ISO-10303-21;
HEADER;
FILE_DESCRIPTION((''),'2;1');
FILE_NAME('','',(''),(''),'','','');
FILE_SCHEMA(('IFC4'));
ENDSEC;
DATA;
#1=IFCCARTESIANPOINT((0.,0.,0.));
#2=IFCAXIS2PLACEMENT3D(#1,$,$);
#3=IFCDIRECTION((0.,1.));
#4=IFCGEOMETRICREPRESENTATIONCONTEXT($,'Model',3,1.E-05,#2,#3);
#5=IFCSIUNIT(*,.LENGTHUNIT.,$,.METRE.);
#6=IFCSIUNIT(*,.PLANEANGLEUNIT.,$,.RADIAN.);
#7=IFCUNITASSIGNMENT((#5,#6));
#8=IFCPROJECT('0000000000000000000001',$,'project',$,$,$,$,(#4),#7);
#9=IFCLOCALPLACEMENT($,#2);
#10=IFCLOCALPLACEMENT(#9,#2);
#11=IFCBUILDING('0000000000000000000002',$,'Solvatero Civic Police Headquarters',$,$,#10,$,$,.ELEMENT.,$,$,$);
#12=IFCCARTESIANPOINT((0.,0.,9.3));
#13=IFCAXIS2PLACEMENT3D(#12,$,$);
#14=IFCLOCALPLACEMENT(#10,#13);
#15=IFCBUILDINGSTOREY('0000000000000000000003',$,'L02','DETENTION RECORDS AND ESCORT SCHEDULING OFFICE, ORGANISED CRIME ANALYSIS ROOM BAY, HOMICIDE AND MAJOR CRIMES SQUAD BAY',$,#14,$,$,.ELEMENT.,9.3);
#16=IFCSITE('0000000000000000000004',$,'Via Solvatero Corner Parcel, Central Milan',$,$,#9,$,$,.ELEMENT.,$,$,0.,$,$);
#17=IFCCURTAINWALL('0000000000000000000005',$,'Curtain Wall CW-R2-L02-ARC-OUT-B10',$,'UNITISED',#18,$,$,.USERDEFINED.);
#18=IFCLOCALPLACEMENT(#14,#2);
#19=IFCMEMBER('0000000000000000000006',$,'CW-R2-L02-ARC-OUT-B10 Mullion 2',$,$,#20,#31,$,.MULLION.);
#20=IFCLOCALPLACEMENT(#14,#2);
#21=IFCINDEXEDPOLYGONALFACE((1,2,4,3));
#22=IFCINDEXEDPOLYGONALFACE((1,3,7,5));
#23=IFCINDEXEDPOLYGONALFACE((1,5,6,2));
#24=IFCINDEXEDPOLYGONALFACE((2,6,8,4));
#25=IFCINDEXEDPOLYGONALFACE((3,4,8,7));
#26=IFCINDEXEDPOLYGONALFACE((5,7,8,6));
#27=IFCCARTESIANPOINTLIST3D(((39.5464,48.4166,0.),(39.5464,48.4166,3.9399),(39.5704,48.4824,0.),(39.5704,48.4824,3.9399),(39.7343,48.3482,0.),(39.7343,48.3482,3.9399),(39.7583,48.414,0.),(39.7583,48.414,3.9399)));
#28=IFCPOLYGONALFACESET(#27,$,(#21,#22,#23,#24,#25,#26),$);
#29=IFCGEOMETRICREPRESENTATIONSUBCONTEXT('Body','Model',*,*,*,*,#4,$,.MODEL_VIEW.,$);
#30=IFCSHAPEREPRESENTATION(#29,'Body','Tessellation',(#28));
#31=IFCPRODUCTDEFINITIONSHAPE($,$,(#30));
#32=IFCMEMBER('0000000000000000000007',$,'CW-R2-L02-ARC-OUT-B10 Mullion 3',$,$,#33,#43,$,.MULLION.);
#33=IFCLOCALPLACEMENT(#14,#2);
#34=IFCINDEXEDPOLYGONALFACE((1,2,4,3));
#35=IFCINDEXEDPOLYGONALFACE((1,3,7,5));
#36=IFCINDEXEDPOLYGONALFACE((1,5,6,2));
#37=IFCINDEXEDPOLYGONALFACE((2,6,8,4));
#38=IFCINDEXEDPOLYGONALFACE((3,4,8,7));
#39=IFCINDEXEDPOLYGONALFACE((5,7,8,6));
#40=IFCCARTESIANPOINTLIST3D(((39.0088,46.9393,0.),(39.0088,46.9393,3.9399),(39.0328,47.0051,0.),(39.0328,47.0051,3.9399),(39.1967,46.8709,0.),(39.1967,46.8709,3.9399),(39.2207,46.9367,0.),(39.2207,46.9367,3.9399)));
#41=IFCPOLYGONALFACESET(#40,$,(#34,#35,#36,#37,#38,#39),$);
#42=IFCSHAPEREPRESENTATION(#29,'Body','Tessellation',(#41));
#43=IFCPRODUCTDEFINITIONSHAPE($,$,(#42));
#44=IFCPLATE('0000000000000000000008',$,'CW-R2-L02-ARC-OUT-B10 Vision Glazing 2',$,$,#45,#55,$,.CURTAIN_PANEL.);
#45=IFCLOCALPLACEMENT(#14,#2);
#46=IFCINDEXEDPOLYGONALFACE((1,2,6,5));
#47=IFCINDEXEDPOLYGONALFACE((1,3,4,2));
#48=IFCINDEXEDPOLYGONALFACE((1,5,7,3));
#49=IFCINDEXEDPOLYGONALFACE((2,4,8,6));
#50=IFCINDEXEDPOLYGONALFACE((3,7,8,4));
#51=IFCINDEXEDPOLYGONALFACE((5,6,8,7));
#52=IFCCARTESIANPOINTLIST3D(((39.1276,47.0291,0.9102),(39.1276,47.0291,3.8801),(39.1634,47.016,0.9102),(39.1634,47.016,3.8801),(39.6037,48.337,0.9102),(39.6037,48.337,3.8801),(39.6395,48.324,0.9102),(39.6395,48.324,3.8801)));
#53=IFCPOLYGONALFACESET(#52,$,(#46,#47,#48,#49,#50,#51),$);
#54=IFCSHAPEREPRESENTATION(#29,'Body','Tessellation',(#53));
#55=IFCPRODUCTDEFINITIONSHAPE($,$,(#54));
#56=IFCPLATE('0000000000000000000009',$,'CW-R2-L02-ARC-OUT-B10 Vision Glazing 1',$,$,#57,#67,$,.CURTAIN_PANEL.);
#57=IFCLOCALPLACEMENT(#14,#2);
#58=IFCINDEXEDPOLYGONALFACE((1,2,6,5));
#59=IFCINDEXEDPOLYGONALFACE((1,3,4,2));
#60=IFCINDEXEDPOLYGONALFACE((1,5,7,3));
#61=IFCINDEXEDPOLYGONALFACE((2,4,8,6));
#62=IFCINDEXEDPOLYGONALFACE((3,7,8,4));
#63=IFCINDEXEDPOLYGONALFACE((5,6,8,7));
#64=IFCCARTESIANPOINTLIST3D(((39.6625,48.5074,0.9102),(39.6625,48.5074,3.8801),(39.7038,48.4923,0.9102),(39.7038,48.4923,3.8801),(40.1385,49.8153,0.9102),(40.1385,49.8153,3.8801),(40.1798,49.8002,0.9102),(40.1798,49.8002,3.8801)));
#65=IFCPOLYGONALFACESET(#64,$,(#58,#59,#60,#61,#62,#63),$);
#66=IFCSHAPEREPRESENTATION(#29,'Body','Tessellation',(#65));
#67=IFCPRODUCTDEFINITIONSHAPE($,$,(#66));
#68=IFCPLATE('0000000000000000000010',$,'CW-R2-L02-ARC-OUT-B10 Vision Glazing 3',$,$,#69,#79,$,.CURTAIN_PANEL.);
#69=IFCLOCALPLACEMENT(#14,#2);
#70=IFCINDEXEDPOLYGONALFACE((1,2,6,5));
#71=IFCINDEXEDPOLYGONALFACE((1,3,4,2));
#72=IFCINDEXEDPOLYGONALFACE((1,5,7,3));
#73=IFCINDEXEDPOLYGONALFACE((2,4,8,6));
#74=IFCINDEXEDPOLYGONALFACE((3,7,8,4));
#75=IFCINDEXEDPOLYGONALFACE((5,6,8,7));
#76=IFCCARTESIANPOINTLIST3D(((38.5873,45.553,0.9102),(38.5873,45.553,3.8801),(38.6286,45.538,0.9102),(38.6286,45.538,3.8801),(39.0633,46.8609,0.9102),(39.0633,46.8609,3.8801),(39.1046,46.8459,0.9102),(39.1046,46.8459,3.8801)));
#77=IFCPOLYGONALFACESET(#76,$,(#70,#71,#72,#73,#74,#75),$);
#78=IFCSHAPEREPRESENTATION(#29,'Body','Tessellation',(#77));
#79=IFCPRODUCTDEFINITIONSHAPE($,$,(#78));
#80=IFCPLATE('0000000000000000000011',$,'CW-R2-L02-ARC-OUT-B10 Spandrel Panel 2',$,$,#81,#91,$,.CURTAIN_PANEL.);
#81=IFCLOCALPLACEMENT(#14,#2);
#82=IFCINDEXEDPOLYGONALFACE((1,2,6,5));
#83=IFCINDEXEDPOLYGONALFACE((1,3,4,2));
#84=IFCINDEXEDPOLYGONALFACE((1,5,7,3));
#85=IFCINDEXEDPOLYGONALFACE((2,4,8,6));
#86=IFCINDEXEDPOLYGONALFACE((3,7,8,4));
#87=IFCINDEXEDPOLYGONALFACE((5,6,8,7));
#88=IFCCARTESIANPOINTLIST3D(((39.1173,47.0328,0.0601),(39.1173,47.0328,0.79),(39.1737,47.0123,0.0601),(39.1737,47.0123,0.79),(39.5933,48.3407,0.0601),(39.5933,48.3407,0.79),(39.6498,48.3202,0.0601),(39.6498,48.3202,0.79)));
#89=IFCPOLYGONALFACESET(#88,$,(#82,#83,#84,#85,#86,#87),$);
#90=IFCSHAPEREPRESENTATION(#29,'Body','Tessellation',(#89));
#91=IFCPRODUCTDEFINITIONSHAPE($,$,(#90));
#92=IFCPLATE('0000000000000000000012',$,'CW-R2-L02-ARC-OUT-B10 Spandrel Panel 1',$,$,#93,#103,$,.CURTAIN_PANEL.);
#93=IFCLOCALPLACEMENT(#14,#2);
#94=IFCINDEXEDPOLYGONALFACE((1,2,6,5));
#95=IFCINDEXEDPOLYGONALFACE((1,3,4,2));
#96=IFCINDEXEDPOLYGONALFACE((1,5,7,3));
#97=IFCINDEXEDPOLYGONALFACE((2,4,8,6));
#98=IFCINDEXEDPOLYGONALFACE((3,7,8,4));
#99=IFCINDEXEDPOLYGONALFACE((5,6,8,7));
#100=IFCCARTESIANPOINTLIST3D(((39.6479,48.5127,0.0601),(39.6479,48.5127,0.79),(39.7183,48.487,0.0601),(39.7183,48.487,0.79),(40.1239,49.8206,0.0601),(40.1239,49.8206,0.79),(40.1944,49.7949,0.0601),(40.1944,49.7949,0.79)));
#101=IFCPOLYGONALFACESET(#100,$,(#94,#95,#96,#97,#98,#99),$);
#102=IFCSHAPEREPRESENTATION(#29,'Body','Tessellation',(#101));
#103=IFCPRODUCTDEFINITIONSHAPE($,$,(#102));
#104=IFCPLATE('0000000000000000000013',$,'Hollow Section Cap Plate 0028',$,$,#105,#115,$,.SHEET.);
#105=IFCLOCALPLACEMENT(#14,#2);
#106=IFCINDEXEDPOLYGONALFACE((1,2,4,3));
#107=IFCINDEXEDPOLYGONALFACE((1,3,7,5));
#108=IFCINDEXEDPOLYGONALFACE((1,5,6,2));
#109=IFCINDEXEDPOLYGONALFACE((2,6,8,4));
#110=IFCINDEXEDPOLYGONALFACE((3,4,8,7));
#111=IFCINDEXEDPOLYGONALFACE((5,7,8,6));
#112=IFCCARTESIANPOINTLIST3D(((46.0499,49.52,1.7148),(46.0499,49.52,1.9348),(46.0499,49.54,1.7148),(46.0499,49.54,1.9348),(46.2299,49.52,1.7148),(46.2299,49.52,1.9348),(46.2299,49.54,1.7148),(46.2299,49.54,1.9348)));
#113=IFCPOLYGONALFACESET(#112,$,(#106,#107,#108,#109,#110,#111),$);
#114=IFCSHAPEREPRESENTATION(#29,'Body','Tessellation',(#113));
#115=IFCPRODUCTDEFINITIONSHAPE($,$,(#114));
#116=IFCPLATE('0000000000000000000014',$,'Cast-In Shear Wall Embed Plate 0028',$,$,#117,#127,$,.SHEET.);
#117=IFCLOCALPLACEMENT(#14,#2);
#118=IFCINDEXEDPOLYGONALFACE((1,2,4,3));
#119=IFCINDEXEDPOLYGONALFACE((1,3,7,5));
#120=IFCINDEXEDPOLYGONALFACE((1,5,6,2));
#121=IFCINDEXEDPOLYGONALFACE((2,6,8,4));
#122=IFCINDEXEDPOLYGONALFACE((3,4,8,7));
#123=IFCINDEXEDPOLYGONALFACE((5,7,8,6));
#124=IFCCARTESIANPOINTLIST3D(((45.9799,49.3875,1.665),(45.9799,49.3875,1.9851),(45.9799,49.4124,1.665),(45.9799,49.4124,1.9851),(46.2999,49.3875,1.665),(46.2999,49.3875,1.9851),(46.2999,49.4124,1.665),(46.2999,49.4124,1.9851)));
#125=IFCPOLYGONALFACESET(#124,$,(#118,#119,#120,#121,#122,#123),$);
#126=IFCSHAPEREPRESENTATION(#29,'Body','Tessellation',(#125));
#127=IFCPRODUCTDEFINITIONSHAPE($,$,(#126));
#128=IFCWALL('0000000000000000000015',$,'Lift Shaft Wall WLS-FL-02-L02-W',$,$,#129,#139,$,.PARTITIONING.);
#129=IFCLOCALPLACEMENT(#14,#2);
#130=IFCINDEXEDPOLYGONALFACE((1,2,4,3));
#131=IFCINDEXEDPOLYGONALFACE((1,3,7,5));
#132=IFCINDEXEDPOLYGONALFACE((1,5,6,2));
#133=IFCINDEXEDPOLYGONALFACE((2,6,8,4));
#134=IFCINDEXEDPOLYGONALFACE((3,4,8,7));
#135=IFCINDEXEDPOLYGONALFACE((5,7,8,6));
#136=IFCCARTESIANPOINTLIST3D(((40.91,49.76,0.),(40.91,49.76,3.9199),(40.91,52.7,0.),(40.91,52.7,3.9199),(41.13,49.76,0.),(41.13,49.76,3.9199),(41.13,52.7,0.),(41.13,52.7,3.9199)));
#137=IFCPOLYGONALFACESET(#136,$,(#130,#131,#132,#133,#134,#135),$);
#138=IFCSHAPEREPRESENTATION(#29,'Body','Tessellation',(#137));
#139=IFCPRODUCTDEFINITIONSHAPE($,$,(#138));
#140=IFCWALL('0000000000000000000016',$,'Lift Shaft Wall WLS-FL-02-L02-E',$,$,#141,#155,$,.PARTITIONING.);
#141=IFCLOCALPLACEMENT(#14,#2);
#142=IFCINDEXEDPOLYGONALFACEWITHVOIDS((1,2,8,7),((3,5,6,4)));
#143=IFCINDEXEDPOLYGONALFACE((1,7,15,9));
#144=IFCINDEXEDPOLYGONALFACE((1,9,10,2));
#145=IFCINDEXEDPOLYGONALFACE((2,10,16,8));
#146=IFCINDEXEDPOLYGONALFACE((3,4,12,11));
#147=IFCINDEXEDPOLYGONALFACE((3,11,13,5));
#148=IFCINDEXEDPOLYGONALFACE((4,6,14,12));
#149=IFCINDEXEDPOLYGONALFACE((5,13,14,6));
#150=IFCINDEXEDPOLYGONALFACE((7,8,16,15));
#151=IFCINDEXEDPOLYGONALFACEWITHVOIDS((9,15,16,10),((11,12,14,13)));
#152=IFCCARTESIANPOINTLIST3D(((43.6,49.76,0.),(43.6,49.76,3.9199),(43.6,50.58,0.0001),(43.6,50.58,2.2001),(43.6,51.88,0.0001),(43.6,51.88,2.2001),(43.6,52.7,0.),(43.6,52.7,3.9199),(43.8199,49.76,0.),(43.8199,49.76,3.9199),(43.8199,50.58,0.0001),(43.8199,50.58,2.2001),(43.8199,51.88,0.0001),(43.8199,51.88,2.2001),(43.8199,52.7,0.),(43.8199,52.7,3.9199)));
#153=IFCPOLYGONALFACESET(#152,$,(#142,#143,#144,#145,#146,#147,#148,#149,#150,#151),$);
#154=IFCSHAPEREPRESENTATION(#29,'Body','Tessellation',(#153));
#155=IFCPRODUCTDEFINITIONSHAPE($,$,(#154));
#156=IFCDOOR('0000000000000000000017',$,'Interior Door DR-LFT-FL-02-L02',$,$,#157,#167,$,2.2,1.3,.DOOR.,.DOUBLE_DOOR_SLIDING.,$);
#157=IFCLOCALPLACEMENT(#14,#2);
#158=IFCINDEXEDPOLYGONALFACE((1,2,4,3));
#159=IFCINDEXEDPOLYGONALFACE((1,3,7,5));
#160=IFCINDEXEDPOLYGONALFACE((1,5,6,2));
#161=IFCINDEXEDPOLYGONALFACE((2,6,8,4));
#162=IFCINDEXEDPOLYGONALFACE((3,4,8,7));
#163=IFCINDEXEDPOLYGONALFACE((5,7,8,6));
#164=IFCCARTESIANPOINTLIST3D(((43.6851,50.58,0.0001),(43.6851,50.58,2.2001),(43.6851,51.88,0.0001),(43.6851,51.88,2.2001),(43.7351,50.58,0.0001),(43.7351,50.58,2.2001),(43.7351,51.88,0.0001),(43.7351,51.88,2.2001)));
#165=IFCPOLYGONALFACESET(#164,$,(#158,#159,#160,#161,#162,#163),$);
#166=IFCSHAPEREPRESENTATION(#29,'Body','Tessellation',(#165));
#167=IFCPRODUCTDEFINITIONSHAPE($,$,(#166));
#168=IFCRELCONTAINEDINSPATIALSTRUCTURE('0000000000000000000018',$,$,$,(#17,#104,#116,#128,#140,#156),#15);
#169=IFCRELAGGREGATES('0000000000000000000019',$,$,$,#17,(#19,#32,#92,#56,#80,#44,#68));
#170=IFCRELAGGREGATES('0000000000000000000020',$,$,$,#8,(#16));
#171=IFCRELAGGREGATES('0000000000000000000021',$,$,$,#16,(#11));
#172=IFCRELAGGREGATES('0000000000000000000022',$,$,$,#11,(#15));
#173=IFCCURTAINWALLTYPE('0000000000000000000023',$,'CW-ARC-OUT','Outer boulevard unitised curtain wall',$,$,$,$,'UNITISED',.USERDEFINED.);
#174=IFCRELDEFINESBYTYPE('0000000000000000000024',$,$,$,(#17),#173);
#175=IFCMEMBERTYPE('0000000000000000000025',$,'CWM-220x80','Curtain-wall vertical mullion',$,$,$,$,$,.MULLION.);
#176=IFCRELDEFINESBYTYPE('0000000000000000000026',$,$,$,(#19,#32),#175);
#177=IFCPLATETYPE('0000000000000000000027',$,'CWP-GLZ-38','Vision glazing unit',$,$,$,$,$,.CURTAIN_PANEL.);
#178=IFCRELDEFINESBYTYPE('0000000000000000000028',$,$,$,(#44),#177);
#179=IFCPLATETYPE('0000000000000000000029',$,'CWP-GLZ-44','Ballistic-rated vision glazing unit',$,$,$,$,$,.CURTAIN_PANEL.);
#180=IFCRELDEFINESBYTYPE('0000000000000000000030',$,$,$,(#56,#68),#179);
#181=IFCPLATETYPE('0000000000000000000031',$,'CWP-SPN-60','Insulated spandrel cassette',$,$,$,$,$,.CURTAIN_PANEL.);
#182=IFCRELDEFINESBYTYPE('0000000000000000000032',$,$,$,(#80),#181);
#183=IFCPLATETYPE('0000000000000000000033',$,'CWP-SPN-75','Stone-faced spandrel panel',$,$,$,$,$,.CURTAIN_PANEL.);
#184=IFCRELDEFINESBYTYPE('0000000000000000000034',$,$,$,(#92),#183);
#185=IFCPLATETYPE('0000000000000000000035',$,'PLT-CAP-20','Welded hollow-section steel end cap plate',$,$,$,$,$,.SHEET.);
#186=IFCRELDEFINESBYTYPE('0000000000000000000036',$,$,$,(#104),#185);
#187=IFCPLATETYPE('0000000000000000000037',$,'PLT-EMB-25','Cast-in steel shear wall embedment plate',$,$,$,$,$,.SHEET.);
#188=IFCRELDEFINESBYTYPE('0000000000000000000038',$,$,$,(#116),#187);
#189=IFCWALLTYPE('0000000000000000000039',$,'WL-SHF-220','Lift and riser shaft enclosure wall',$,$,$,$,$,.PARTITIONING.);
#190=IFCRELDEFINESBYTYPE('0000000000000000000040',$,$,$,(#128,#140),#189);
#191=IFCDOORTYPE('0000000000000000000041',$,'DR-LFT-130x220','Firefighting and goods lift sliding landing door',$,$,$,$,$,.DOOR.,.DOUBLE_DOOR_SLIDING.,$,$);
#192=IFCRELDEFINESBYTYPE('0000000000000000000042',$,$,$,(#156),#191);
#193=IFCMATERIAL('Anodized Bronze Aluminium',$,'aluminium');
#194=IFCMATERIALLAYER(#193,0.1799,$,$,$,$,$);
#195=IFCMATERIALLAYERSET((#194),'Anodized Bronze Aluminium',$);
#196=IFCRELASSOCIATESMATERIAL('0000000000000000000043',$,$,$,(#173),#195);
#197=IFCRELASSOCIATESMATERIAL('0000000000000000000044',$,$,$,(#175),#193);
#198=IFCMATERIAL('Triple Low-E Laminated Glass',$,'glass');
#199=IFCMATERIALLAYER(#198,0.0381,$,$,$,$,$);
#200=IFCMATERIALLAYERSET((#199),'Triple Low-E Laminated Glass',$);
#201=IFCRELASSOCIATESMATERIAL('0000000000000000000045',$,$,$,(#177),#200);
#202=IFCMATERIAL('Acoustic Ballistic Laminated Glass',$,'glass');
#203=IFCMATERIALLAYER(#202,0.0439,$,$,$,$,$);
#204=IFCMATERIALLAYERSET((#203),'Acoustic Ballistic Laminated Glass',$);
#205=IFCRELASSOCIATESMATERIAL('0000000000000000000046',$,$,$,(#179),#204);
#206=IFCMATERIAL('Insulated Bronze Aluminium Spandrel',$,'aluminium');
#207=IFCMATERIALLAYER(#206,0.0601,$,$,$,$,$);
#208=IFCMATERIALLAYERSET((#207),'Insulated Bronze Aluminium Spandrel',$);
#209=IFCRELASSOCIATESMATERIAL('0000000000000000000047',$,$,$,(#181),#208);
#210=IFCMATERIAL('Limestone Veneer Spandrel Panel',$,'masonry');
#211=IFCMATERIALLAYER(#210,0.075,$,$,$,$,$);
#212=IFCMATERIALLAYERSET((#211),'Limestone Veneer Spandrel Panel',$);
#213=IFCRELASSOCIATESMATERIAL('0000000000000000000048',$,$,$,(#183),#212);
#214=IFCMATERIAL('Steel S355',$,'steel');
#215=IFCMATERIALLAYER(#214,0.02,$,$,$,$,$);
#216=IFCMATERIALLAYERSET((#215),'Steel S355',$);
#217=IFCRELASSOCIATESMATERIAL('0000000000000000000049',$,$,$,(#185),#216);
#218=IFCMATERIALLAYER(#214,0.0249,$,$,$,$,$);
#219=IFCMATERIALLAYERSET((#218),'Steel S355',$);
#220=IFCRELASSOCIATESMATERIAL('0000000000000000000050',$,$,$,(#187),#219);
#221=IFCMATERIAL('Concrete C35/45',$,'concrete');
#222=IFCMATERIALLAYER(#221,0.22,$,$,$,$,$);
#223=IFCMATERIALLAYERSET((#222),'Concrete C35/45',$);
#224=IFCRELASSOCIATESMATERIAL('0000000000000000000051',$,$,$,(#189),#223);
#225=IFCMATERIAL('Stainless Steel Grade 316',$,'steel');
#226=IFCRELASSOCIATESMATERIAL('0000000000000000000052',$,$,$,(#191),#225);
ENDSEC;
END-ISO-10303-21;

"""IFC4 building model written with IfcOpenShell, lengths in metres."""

from ifc_helpers import new_model, si_unit, direction, frame, frame_2d, origin, origin_2d, place, context, subcontext, project, spatial, rectangle, extrude, material, layer, layer_set, material_profile, profile_set, type_object, element, fill, aggregate, save


model = new_model("IFC4")

# Units and contexts
model_context = context("Model", 3, precision=1e-05, world=origin(), true_north=direction((0.0, 1.0)))
body_context = subcontext(model_context, "Body", "Model", "MODEL_VIEW")
ifc_project = project(units=[si_unit("LENGTHUNIT", "METRE"), si_unit("PLANEANGLEUNIT", "RADIAN")], contexts=[model_context])

# Site, building, storey
site_placement = place(None, origin())
site = spatial("IfcSite", under=ifc_project, at=site_placement, Name="Via Solvatero Corner Parcel, Central Milan", CompositionType="ELEMENT", RefElevation=0.0)
building_placement = place(site_placement, origin())
building = spatial("IfcBuilding", under=site, at=building_placement, Name="Solvatero Civic Police Headquarters", CompositionType="ELEMENT")
storey_placement = place(building_placement, frame((0.0, 0.0, 9.3)))
storey = spatial("IfcBuildingStorey", under=building, at=storey_placement, Name="L02", Description="DETENTION RECORDS AND ESCORT SCHEDULING OFFICE, ORGANISED CRIME ANALYSIS ROOM BAY, HOMICIDE AND MAJOR CRIMES SQUAD BAY", CompositionType="ELEMENT", Elevation=9.3)

# Curtain wall, members, plates
ifc_material_1 = material(Name="Anodized Bronze Aluminium", Category="aluminium")
ifc_layer_1 = layer(ifc_material_1, 0.1799)
ifc_layer_set_1 = layer_set([ifc_layer_1], Name="Anodized Bronze Aluminium")
curtain_wall_type = type_object("IfcCurtainWallType", Name="CW-ARC-OUT", Description="Outer boulevard unitised curtain wall", ElementType="UNITISED", PredefinedType="USERDEFINED", material=ifc_layer_set_1)
curtain_wall_placement = place(storey_placement, origin())
curtain_wall = element("IfcCurtainWall", 1, at=curtain_wall_placement, inside=storey, type_object=curtain_wall_type, Name="Curtain Wall CW-R2-L02-ARC-OUT-B10", ObjectType="UNITISED", PredefinedType="USERDEFINED")
ifc_material_profile = material_profile(ifc_material_1, rectangle(XDim=0.0701, YDim=0.2, at=origin_2d()), Name="ALU MULLION 70x200")
ifc_profile_set = profile_set([ifc_material_profile], Name="Anodized Bronze Aluminium")
member_type = type_object("IfcMemberType", Name="CWM-220x80", Description="Curtain-wall vertical mullion", PredefinedType="MULLION", material=ifc_profile_set)
member_1_placement = place(storey_placement, frame((39.6523, 48.4153, 0.0), z_axis=(0.0, 0.0, 1.0), x_axis=(-0.34202, -0.939693, 0.0)))
member_1 = element("IfcMember", 2, at=member_1_placement, type_object=member_type, Name="CW-R2-L02-ARC-OUT-B10 Mullion 2", PredefinedType="MULLION", context=body_context, shape_type="SweptSolid", body=[
    extrude(rectangle(XDim=0.0701, YDim=0.2, at=origin_2d()), origin(), (0.0, 0.0, 1.0), 3.9399),
])
member_2_placement = place(storey_placement, frame((39.1147, 46.938, 0.0), z_axis=(0.0, 0.0, 1.0), x_axis=(-0.34202, -0.939693, 0.0)))
member_2 = element("IfcMember", 3, at=member_2_placement, type_object=member_type, Name="CW-R2-L02-ARC-OUT-B10 Mullion 3", PredefinedType="MULLION", context=body_context, shape_type="SweptSolid", body=[
    extrude(rectangle(XDim=0.0701, YDim=0.2, at=origin_2d()), origin(), (0.0, 0.0, 1.0), 3.9399),
])
ifc_material_2 = material(Name="Triple Low-E Laminated Glass", Category="glass")
ifc_layer_2 = layer(ifc_material_2, 0.0381)
ifc_layer_set_2 = layer_set([ifc_layer_2], Name="Triple Low-E Laminated Glass")
plate_type_1 = type_object("IfcPlateType", Name="CWP-GLZ-38", Description="Vision glazing unit", PredefinedType="CURTAIN_PANEL", material=ifc_layer_set_2)
plate_1_placement = place(storey_placement, frame((39.3835, 47.6765, 0.9102), z_axis=(0.0, 0.0, 1.0), x_axis=(-0.34202, -0.939693, 0.0)))
plate_1 = element("IfcPlate", 4, at=plate_1_placement, type_object=plate_type_1, Name="CW-R2-L02-ARC-OUT-B10 Vision Glazing 2", PredefinedType="CURTAIN_PANEL", context=body_context, shape_type="SweptSolid", body=[
    extrude(rectangle(XDim=1.3918, YDim=0.0381, at=origin_2d()), origin(), (0.0, 0.0, 1.0), 2.97),
])
ifc_material_3 = material(Name="Acoustic Ballistic Laminated Glass", Category="glass")
ifc_layer_3 = layer(ifc_material_3, 0.0439)
ifc_layer_set_3 = layer_set([ifc_layer_3], Name="Acoustic Ballistic Laminated Glass")
plate_type_2 = type_object("IfcPlateType", Name="CWP-GLZ-44", Description="Ballistic-rated vision glazing unit", PredefinedType="CURTAIN_PANEL", material=ifc_layer_set_3)
plate_2_placement = place(storey_placement, frame((39.9211, 49.1538, 0.9102), z_axis=(0.0, 0.0, 1.0), x_axis=(-0.34202, -0.939693, 0.0)))
plate_2 = element("IfcPlate", 5, at=plate_2_placement, type_object=plate_type_2, Name="CW-R2-L02-ARC-OUT-B10 Vision Glazing 1", PredefinedType="CURTAIN_PANEL", context=body_context, shape_type="SweptSolid", body=[
    extrude(rectangle(XDim=1.3918, YDim=0.0439, at=origin_2d()), origin(), (0.0, 0.0, 1.0), 2.97),
])
plate_3_placement = place(storey_placement, frame((38.8459, 46.1995, 0.9102), z_axis=(0.0, 0.0, 1.0), x_axis=(-0.34202, -0.939693, 0.0)))
plate_3 = element("IfcPlate", 6, at=plate_3_placement, type_object=plate_type_2, Name="CW-R2-L02-ARC-OUT-B10 Vision Glazing 3", PredefinedType="CURTAIN_PANEL", context=body_context, shape_type="SweptSolid", body=[
    extrude(rectangle(XDim=1.3918, YDim=0.0439, at=origin_2d()), origin(), (0.0, 0.0, 1.0), 2.97),
])
ifc_material_4 = material(Name="Insulated Bronze Aluminium Spandrel", Category="aluminium")
ifc_layer_4 = layer(ifc_material_4, 0.0601)
ifc_layer_set_4 = layer_set([ifc_layer_4], Name="Insulated Bronze Aluminium Spandrel")
plate_type_3 = type_object("IfcPlateType", Name="CWP-SPN-60", Description="Insulated spandrel cassette", PredefinedType="CURTAIN_PANEL", material=ifc_layer_set_4)
plate_4_placement = place(storey_placement, frame((39.3835, 47.6765, 0.0601), z_axis=(0.0, 0.0, 1.0), x_axis=(-0.34202, -0.939693, 0.0)))
plate_4 = element("IfcPlate", 7, at=plate_4_placement, type_object=plate_type_3, Name="CW-R2-L02-ARC-OUT-B10 Spandrel Panel 2", PredefinedType="CURTAIN_PANEL", context=body_context, shape_type="SweptSolid", body=[
    extrude(rectangle(XDim=1.3918, YDim=0.0601, at=origin_2d()), origin(), (0.0, 0.0, 1.0), 0.73),
])
ifc_material_5 = material(Name="Limestone Veneer Spandrel Panel", Category="masonry")
ifc_layer_5 = layer(ifc_material_5, 0.075)
ifc_layer_set_5 = layer_set([ifc_layer_5], Name="Limestone Veneer Spandrel Panel")
plate_type_4 = type_object("IfcPlateType", Name="CWP-SPN-75", Description="Stone-faced spandrel panel", PredefinedType="CURTAIN_PANEL", material=ifc_layer_set_5)
plate_5_placement = place(storey_placement, frame((39.9211, 49.1538, 0.0601), z_axis=(0.0, 0.0, 1.0), x_axis=(-0.34202, -0.939693, 0.0)))
plate_5 = element("IfcPlate", 8, at=plate_5_placement, type_object=plate_type_4, Name="CW-R2-L02-ARC-OUT-B10 Spandrel Panel 1", PredefinedType="CURTAIN_PANEL", context=body_context, shape_type="SweptSolid", body=[
    extrude(rectangle(XDim=1.3918, YDim=0.075, at=origin_2d()), origin(), (0.0, 0.0, 1.0), 0.73),
])
aggregate(curtain_wall, [member_1, member_2, plate_5, plate_2, plate_4, plate_1, plate_3])

# Plates
ifc_material_6 = material(Name="Steel S355", Category="steel")
ifc_layer_6 = layer(ifc_material_6, 0.02)
ifc_layer_set_6 = layer_set([ifc_layer_6], Name="Steel S355")
plate_type_5 = type_object("IfcPlateType", Name="PLT-CAP-20", Description="Welded hollow-section steel end cap plate", PredefinedType="SHEET", material=ifc_layer_set_6)
plate_6_placement = place(storey_placement, frame((46.1399, 49.53, 1.7148), z_axis=(0.0, 0.0, 1.0), x_axis=(1.0, 0.0, 0.0)))
element("IfcPlate", 9, at=plate_6_placement, inside=storey, type_object=plate_type_5, Name="Hollow Section Cap Plate 0028", PredefinedType="SHEET", context=body_context, shape_type="SweptSolid", body=[
    extrude(rectangle(XDim=0.1799, YDim=0.02, at=origin_2d()), origin(), (0.0, 0.0, 1.0), 0.22),
])
ifc_layer_7 = layer(ifc_material_6, 0.0249)
ifc_layer_set_7 = layer_set([ifc_layer_7], Name="Steel S355")
plate_type_6 = type_object("IfcPlateType", Name="PLT-EMB-25", Description="Cast-in steel shear wall embedment plate", PredefinedType="SHEET", material=ifc_layer_set_7)
plate_7_placement = place(storey_placement, frame((46.1399, 49.3999, 1.665), z_axis=(0.0, 0.0, 1.0), x_axis=(1.0, 0.0, 0.0)))
element("IfcPlate", 10, at=plate_7_placement, inside=storey, type_object=plate_type_6, Name="Cast-In Shear Wall Embed Plate 0028", PredefinedType="SHEET", context=body_context, shape_type="SweptSolid", body=[
    extrude(rectangle(XDim=0.3201, YDim=0.0249, at=origin_2d()), origin(), (0.0, 0.0, 1.0), 0.3201),
])

# Wall
ifc_material_7 = material(Name="Concrete C35/45", Category="concrete")
ifc_layer_8 = layer(ifc_material_7, 0.22)
ifc_layer_set_8 = layer_set([ifc_layer_8], Name="Concrete C35/45")
wall_type_1 = type_object("IfcWallType", Name="WL-SHF-220", Description="Lift and riser shaft enclosure wall", PredefinedType="PARTITIONING", material=ifc_layer_set_8)
wall_1_placement = place(storey_placement, frame((41.02, 49.76, 0.0), z_axis=(0.0, 0.0, 1.0), x_axis=(0.0, 1.0, 0.0)))
element("IfcWall", 11, at=wall_1_placement, inside=storey, type_object=wall_type_1, Name="Lift Shaft Wall WLS-FL-02-L02-W", PredefinedType="PARTITIONING", context=body_context, shape_type="SweptSolid", body=[
    extrude(rectangle(XDim=2.9399, YDim=0.22, at=frame_2d((1.47, 0.0))), origin(), (0.0, 0.0, 1.0), 3.9199),
])

# Wall, opening, door
wall_2_placement = place(storey_placement, frame((43.71, 49.76, 0.0), z_axis=(0.0, 0.0, 1.0), x_axis=(0.0, 1.0, 0.0)))
wall_2 = element("IfcWall", 12, at=wall_2_placement, inside=storey, type_object=wall_type_1, Name="Lift Shaft Wall WLS-FL-02-L02-E", PredefinedType="PARTITIONING", context=body_context, shape_type="SweptSolid", body=[
    extrude(rectangle(XDim=2.9399, YDim=0.22, at=frame_2d((1.47, 0.0))), origin(), (0.0, 0.0, 1.0), 3.9199),
])
opening_placement = place(wall_2_placement, frame((0.8201, 0.0, 0.0)))
opening = element("IfcOpeningElement", 13, at=opening_placement, cuts=wall_2, PredefinedType="OPENING", context=body_context, shape_type="SweptSolid", body=[
    extrude(rectangle(XDim=1.3, YDim=2.2, at=frame_2d((0.6499, 1.1001))), frame((0.0, 0.1199, 0.0), z_axis=(0.0, -1.0, 0.0), x_axis=(1.0, 0.0, 0.0)), (0.0, 0.0, 1.0), 0.24),
])
ifc_material_8 = material(Name="Stainless Steel Grade 316", Category="steel")
door_type = type_object("IfcDoorType", Name="DR-LFT-130x220", Description="Firefighting and goods lift sliding landing door", OperationType="DOUBLE_DOOR_SLIDING", PredefinedType="DOOR", material=ifc_material_8)
door_placement = place(opening_placement, origin())
door = element("IfcDoor", 14, at=door_placement, inside=storey, type_object=door_type, Name="Interior Door DR-LFT-FL-02-L02", OperationType="DOUBLE_DOOR_SLIDING", OverallHeight=2.2, OverallWidth=1.3, PredefinedType="DOOR", context=body_context, shape_type="SweptSolid", body=[
    extrude(rectangle(XDim=1.3, YDim=2.2, at=frame_2d((0.6499, 1.1001))), frame((0.0, 0.0249, 0.0), z_axis=(0.0, -1.0, 0.0), x_axis=(1.0, 0.0, 0.0)), (0.0, 0.0, 1.0), 0.05),
])
fill(opening, door)

save(model, "model.ifc")
